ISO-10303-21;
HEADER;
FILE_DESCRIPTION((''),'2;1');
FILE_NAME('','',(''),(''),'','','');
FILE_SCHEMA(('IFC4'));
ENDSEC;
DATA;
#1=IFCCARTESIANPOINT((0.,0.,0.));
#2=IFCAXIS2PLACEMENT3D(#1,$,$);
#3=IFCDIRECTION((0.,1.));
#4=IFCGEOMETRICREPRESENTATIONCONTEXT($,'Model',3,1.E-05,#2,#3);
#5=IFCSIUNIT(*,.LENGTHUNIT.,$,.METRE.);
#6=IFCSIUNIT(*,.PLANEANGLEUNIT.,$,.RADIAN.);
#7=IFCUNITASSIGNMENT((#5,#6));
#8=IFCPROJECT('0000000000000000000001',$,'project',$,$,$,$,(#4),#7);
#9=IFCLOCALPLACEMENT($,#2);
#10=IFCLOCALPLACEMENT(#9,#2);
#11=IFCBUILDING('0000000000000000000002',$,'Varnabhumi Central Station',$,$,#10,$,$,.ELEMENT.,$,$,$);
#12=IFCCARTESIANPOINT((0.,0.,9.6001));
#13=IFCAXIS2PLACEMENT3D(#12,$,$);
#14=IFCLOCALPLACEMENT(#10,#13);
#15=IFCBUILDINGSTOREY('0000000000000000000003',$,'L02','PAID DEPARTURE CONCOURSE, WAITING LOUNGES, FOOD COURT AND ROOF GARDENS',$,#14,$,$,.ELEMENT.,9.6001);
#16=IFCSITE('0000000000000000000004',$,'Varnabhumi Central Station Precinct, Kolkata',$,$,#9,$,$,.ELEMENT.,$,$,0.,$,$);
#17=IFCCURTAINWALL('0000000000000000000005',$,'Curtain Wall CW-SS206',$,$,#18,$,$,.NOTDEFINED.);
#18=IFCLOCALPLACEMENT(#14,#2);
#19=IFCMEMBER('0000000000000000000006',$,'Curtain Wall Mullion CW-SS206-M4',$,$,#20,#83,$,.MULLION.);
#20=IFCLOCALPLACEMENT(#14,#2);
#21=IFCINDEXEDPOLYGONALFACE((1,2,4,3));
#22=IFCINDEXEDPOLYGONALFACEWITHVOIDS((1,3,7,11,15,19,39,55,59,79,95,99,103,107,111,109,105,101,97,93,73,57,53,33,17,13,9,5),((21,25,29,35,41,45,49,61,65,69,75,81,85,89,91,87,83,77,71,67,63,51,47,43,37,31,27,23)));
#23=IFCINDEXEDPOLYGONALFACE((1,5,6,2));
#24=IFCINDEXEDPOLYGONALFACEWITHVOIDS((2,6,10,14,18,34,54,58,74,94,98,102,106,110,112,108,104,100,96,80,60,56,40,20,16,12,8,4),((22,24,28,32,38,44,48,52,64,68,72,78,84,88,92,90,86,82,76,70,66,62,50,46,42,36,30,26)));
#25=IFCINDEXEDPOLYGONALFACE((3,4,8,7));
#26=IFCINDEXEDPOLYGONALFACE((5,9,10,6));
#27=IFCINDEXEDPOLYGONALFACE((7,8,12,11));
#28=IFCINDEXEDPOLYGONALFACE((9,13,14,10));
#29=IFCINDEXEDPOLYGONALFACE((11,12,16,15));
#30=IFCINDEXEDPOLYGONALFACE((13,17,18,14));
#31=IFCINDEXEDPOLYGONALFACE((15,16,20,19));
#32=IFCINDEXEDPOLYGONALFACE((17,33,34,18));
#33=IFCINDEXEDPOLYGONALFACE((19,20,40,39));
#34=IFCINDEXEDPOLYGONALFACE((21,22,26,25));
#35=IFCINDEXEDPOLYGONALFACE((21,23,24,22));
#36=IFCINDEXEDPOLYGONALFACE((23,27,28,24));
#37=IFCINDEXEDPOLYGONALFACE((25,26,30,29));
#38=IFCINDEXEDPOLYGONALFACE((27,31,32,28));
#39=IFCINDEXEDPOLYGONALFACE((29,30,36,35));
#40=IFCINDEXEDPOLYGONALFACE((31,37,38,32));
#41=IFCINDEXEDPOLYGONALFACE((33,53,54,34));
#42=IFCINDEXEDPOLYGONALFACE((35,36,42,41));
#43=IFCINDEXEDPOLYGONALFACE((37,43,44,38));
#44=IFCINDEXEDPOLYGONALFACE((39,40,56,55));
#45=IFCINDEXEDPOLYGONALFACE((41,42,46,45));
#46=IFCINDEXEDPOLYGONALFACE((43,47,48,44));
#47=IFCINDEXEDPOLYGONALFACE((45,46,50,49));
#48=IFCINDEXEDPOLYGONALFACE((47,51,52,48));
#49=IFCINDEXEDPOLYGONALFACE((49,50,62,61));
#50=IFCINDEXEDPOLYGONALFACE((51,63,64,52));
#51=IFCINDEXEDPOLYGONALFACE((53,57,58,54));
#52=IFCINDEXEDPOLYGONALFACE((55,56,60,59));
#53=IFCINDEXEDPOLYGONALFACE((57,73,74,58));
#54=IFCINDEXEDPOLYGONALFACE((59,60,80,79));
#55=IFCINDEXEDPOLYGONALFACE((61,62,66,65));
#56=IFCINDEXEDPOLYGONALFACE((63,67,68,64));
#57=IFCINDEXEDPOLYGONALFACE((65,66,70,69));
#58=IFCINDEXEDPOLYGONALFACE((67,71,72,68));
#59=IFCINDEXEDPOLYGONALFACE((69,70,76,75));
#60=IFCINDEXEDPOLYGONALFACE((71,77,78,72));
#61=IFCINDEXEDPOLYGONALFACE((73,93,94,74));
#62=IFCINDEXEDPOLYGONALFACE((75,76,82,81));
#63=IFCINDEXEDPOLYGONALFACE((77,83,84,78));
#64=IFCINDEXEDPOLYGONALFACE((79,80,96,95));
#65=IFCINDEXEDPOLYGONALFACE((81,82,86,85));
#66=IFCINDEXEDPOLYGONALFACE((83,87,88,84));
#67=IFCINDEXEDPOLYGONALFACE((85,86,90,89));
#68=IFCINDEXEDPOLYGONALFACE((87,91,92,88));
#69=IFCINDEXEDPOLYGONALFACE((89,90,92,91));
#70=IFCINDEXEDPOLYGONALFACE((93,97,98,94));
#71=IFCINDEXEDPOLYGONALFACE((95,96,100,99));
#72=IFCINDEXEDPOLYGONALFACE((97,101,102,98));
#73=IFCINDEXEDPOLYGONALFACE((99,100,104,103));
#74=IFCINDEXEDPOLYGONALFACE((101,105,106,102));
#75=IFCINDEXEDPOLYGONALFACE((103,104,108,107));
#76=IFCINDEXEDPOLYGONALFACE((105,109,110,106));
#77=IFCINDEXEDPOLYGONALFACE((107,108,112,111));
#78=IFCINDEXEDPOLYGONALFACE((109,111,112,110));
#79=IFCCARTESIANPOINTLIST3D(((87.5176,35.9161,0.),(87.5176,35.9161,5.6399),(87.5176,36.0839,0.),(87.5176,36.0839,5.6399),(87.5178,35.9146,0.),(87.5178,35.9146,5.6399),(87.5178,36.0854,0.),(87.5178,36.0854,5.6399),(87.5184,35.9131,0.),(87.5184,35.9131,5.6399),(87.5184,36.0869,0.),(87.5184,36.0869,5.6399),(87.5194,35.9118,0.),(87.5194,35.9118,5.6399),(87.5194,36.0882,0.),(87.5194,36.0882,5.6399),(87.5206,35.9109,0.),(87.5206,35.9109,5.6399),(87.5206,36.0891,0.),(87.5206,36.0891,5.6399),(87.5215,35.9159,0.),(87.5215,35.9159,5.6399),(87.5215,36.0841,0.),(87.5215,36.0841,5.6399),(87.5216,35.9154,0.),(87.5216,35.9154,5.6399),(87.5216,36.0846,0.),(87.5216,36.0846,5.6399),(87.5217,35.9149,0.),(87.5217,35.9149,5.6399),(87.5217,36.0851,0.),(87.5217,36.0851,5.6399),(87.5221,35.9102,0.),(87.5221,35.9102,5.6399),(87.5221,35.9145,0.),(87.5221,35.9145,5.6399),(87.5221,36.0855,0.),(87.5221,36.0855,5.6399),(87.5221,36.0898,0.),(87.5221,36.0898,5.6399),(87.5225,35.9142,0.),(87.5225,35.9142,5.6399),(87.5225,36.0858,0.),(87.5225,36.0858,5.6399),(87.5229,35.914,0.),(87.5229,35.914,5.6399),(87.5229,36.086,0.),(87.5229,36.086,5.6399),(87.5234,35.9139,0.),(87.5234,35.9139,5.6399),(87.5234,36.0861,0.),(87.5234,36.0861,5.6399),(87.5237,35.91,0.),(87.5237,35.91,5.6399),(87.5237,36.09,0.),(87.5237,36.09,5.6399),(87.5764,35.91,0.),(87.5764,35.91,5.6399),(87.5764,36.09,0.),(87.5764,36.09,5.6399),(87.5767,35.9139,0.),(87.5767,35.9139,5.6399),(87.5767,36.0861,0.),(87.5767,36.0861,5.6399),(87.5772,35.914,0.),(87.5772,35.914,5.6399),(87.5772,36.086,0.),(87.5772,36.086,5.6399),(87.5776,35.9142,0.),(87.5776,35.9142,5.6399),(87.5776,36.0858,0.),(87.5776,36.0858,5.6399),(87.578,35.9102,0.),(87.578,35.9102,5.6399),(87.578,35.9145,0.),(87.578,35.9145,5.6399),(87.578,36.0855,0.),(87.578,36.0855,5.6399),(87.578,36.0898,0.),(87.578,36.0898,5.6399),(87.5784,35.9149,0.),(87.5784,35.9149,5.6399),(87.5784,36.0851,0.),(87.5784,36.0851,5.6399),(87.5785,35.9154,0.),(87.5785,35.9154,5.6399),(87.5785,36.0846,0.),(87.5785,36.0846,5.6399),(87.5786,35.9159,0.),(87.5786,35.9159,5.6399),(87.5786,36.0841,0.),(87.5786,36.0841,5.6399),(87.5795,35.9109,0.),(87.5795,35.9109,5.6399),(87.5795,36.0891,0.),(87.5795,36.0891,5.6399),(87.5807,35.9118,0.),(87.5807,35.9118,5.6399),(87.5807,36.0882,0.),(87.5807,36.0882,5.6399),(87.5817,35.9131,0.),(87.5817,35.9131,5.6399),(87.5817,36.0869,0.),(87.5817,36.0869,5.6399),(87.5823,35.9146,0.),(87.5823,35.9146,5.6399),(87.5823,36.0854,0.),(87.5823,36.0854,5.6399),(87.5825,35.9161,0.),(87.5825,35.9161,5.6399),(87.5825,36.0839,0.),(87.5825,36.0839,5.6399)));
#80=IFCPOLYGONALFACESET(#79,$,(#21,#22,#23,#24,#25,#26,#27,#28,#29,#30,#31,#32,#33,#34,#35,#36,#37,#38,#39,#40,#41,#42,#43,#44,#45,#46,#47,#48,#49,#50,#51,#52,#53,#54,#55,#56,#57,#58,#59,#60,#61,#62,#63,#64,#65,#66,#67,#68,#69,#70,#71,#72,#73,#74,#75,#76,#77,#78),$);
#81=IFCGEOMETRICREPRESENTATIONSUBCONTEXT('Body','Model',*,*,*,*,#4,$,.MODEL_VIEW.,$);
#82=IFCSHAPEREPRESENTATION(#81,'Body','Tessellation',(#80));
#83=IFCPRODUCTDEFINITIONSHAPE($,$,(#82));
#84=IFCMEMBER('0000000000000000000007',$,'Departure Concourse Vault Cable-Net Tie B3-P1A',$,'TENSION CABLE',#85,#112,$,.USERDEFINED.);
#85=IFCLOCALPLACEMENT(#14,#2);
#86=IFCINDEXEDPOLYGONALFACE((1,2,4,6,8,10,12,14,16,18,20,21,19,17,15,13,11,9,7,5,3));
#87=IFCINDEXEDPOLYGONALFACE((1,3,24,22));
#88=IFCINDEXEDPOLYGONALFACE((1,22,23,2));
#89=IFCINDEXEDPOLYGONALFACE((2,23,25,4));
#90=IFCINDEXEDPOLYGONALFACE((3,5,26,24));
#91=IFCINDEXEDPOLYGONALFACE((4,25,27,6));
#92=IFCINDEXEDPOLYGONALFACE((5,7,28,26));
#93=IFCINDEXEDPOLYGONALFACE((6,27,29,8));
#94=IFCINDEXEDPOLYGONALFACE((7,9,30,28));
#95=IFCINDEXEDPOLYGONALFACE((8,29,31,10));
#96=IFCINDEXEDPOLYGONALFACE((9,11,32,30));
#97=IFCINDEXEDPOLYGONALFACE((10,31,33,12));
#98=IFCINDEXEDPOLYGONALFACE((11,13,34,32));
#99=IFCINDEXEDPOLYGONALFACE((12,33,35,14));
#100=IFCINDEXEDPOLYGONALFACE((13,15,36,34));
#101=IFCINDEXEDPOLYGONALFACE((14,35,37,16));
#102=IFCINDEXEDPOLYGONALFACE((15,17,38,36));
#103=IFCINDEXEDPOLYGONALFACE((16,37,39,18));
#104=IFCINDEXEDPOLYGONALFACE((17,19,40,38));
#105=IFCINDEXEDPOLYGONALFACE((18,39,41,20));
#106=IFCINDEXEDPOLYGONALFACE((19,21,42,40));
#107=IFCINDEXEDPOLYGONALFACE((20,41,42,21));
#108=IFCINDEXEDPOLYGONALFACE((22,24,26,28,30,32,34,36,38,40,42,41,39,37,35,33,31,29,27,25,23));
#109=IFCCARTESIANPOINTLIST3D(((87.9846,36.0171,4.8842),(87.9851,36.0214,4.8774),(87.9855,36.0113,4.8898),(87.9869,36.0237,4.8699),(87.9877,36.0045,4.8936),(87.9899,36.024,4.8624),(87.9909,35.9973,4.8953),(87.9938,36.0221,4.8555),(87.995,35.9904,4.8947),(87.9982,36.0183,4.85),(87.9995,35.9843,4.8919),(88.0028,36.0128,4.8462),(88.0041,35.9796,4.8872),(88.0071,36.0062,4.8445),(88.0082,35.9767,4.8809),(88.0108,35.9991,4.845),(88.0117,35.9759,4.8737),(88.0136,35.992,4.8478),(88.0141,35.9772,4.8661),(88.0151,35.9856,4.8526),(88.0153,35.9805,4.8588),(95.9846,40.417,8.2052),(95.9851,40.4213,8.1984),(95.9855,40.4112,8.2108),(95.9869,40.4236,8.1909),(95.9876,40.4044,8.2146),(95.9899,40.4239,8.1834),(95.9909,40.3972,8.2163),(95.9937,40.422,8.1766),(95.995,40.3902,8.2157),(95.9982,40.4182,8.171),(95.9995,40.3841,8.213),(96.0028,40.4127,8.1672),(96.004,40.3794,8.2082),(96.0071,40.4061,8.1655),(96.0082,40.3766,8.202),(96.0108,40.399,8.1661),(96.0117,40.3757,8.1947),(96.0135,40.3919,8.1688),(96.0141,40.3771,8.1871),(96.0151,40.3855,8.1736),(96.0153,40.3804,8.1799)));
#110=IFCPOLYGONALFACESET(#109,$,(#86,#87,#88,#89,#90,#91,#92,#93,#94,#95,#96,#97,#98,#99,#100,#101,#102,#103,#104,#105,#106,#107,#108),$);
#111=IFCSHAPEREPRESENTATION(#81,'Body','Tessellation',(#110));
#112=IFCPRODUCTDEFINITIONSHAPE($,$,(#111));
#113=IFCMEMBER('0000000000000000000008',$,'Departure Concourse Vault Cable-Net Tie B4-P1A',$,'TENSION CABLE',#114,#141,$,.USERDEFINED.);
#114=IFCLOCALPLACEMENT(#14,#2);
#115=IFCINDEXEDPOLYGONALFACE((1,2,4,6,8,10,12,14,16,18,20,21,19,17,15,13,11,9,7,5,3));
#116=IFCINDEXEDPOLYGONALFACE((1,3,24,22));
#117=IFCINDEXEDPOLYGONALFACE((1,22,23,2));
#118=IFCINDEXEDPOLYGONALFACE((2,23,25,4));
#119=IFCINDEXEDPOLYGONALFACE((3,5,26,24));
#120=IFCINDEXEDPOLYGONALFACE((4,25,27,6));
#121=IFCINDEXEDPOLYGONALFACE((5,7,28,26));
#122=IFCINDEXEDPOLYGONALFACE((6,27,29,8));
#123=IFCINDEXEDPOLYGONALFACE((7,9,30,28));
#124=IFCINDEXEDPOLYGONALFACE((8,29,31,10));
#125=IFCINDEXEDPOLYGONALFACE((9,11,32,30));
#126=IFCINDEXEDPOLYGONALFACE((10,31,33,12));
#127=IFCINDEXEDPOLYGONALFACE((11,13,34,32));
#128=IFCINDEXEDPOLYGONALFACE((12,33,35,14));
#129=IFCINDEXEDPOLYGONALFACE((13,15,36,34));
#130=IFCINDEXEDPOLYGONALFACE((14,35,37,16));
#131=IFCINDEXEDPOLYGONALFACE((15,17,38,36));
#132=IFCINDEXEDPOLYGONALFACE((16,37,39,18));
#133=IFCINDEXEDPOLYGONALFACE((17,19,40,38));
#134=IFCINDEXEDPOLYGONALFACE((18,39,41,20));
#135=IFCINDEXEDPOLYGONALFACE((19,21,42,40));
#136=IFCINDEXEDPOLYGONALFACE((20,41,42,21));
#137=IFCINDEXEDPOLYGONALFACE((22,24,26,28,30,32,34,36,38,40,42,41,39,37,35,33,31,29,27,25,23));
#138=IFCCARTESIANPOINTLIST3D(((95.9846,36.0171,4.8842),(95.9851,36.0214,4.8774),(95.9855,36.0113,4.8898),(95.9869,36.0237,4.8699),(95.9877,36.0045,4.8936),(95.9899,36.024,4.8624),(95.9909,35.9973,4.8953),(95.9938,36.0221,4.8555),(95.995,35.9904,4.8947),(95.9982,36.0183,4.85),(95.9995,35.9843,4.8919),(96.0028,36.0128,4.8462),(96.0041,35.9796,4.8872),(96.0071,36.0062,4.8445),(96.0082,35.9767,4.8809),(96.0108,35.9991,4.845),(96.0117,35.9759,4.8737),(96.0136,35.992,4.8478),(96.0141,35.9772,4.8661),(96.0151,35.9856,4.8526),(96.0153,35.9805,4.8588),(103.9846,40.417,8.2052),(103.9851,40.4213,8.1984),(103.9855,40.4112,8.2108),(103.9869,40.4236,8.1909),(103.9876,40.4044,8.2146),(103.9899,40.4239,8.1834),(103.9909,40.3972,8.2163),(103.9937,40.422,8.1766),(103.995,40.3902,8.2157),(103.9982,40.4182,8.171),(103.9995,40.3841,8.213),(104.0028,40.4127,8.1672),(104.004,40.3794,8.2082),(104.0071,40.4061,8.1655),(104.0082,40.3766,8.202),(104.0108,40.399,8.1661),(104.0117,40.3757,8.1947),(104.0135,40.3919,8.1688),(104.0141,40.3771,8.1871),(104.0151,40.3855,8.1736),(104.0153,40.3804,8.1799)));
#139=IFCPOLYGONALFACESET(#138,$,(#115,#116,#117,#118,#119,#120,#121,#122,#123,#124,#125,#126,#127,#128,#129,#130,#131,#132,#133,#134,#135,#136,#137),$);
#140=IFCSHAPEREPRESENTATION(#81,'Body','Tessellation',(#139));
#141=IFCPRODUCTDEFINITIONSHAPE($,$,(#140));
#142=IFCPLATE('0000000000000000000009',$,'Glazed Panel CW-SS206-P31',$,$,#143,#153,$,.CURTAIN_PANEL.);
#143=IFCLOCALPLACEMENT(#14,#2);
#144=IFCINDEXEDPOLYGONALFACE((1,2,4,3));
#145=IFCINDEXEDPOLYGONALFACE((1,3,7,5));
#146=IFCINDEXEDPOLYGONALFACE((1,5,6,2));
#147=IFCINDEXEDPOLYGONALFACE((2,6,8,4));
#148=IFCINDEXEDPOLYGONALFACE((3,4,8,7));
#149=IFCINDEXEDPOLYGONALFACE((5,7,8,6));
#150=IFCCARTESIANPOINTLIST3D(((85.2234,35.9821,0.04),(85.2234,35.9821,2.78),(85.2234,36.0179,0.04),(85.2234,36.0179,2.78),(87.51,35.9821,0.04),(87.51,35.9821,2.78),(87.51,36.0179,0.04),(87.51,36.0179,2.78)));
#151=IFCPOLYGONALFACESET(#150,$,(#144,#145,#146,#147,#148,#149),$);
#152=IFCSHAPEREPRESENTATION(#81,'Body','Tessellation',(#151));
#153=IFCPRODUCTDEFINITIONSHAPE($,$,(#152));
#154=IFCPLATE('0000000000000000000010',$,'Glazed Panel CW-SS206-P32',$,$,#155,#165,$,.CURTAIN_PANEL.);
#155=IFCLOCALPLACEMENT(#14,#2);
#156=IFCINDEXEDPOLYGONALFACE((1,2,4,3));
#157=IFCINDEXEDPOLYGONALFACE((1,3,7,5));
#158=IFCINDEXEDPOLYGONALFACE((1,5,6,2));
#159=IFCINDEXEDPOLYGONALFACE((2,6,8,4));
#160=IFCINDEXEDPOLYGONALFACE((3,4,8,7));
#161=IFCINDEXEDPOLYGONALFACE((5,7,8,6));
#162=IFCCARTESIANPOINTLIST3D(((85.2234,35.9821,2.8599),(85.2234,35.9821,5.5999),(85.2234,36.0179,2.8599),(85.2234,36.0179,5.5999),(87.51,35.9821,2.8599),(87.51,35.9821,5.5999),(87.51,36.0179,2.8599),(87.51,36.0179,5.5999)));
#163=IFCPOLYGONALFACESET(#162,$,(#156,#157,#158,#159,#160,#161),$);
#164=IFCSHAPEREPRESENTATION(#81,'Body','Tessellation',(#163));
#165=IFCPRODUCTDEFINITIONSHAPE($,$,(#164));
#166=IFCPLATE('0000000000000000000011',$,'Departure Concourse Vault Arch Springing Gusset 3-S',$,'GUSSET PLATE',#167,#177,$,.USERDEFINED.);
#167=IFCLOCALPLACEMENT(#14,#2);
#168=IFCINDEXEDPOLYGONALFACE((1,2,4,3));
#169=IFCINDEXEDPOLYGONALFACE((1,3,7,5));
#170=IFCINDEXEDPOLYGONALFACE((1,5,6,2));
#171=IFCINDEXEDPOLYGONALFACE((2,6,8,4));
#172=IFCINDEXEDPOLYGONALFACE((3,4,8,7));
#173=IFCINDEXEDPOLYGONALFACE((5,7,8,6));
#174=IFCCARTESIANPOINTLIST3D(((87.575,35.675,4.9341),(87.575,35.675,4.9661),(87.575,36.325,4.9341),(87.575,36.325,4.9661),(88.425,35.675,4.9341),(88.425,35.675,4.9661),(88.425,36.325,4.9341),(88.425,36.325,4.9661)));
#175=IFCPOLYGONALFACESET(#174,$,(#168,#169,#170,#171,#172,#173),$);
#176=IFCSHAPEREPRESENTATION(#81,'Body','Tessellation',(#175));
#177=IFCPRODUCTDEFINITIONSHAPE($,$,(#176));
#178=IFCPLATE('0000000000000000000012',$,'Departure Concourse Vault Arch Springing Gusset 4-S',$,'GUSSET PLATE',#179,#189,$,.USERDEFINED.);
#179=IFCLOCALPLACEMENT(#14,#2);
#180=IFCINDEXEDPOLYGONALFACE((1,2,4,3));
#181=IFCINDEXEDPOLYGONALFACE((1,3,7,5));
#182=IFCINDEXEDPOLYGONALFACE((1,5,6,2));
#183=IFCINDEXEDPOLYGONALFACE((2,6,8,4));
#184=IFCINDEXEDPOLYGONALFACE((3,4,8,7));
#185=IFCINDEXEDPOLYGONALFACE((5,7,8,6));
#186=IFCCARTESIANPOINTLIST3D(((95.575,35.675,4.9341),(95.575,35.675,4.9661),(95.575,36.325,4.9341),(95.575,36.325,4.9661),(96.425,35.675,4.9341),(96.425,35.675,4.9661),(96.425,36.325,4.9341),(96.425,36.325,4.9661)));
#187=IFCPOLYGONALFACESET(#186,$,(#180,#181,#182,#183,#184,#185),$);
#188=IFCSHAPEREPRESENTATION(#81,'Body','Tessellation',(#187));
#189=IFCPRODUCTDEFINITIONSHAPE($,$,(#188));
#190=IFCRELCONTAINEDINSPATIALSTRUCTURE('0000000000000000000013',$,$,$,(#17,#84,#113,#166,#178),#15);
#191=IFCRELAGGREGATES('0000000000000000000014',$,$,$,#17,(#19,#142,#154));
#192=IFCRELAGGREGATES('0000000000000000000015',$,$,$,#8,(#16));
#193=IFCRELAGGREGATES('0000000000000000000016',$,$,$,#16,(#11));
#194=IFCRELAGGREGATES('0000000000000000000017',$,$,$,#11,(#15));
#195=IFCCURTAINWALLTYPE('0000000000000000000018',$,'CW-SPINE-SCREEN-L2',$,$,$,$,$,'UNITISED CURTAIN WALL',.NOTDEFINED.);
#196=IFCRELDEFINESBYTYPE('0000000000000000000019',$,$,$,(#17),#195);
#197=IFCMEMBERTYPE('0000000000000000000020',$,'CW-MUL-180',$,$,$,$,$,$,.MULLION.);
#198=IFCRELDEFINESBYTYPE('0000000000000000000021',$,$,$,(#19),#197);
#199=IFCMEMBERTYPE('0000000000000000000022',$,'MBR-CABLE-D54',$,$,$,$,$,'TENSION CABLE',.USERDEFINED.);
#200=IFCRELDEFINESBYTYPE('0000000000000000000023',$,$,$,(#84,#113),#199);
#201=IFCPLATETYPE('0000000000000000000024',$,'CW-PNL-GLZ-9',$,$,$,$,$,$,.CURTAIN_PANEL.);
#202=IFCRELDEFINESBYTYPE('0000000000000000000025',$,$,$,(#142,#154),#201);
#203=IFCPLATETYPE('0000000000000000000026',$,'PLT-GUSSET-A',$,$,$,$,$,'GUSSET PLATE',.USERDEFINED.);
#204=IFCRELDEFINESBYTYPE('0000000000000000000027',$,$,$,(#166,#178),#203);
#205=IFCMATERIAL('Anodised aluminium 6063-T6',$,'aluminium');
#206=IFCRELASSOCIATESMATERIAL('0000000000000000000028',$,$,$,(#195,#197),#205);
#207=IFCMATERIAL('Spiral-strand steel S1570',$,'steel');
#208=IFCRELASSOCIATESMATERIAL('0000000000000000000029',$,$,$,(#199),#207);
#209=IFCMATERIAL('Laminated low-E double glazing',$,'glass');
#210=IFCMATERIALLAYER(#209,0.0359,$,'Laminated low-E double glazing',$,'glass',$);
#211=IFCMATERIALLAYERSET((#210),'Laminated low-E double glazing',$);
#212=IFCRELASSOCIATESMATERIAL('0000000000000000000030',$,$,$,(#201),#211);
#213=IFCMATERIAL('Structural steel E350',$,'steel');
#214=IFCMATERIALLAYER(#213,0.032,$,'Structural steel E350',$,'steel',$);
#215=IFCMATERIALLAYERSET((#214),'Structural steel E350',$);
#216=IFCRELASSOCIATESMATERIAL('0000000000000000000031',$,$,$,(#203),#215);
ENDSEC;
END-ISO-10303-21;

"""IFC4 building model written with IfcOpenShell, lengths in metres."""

from ifc_helpers import new_model, si_unit, direction, frame, origin, origin_2d, place, context, subcontext, project, spatial, rectangle, hollow_rectangle, circle, extrude, material, layer, layer_set, material_profile, profile_set, type_object, element, aggregate, save


model = new_model("IFC4")

# Units and contexts
model_context = context("Model", 3, precision=1e-05, world=origin(), true_north=direction((0.0, 1.0)))
body_context = subcontext(model_context, "Body", "Model", "MODEL_VIEW")
ifc_project = project(units=[si_unit("LENGTHUNIT", "METRE"), si_unit("PLANEANGLEUNIT", "RADIAN")], contexts=[model_context])

# Site, building, storey
site_placement = place(None, origin())
site = spatial("IfcSite", under=ifc_project, at=site_placement, Name="Varnabhumi Central Station Precinct, Kolkata", CompositionType="ELEMENT", RefElevation=0.0)
building_placement = place(site_placement, origin())
building = spatial("IfcBuilding", under=site, at=building_placement, Name="Varnabhumi Central Station", CompositionType="ELEMENT")
storey_placement = place(building_placement, frame((0.0, 0.0, 9.6001)))
storey = spatial("IfcBuildingStorey", under=building, at=storey_placement, Name="L02", Description="PAID DEPARTURE CONCOURSE, WAITING LOUNGES, FOOD COURT AND ROOF GARDENS", CompositionType="ELEMENT", Elevation=9.6001)

# Shared definitions
ifc_material_1 = material(Name="Structural steel E350", Category="steel")

# Curtain wall, member
ifc_material_2 = material(Name="Anodised aluminium 6063-T6", Category="aluminium")
curtain_wall_type = type_object("IfcCurtainWallType", Name="CW-SPINE-SCREEN-L2", ElementType="UNITISED CURTAIN WALL", PredefinedType="NOTDEFINED", material=ifc_material_2)
curtain_wall_placement = place(storey_placement, origin())
curtain_wall = element("IfcCurtainWall", 1, at=curtain_wall_placement, inside=storey, type_object=curtain_wall_type, Name="Curtain Wall CW-SS206", PredefinedType="NOTDEFINED")
ifc_material_profile_1 = material_profile(ifc_material_2, hollow_rectangle(XDim=0.0649, YDim=0.1799, WallThickness=0.0039, InnerFilletRadius=0.002, OuterFilletRadius=0.0061, at=origin_2d()), Name="Anodised aluminium 6063-T6", Category="aluminium")
ifc_profile_set_1 = profile_set([ifc_material_profile_1], Name="Anodised aluminium 6063-T6")
member_type_1 = type_object("IfcMemberType", Name="CW-MUL-180", PredefinedType="MULLION", material=ifc_profile_set_1)
member_placement = place(storey_placement, frame((87.55, 36.0, 0.0), z_axis=(0.0, 0.0, 1.0), x_axis=(1.0, 0.0, 0.0)))
member = element("IfcMember", 2, at=member_placement, type_object=member_type_1, Name="Curtain Wall Mullion CW-SS206-M4", PredefinedType="MULLION", context=body_context, shape_type="SweptSolid", body=[
    extrude(hollow_rectangle(XDim=0.0649, YDim=0.1799, WallThickness=0.0039, InnerFilletRadius=0.002, OuterFilletRadius=0.0061, at=origin_2d()), origin(), (0.0, 0.0, 1.0), 5.6399),
])

# Members
ifc_material_3 = material(Name="Spiral-strand steel S1570", Category="steel")
ifc_material_profile_2 = material_profile(ifc_material_3, circle(Radius=0.0271, at=origin_2d()), Name="Spiral-strand steel S1570", Category="steel")
ifc_profile_set_2 = profile_set([ifc_material_profile_2], Name="Spiral-strand steel S1570")
member_type_2 = type_object("IfcMemberType", Name="MBR-CABLE-D54", ElementType="TENSION CABLE", PredefinedType="USERDEFINED", material=ifc_profile_set_2)
for number, where, z_axis, x_axis, name in (
    (3, (88.0, 36.0, 4.8699), (0.823437, 0.45288, 0.341834), (-0.481911, 0.87622, 0.0), "Departure Concourse Vault Cable-Net Tie B3-P1A"),
    (4, (96.0, 36.0, 4.8699), (0.823437, 0.45288, 0.341834), (-0.481911, 0.87622, 0.0), "Departure Concourse Vault Cable-Net Tie B4-P1A"),
):
    element("IfcMember", number, at=place(storey_placement, frame(where, z_axis=z_axis, x_axis=x_axis)), inside=storey, type_object=member_type_2, Name=name, ObjectType="TENSION CABLE", PredefinedType="USERDEFINED", context=body_context, shape_type="SweptSolid", body=[
        extrude(circle(Radius=0.0271, at=origin_2d()), origin(), (0.0, 0.0, 1.0), 9.7153),
    ])

# Plates
ifc_material_4 = material(Name="Laminated low-E double glazing", Category="glass")
ifc_layer_1 = layer(ifc_material_4, 0.0359, Name="Laminated low-E double glazing", Category="glass")
ifc_layer_set_1 = layer_set([ifc_layer_1], Name="Laminated low-E double glazing")
plate_type_1 = type_object("IfcPlateType", Name="CW-PNL-GLZ-9", PredefinedType="CURTAIN_PANEL", material=ifc_layer_set_1)
plate_1_placement = place(storey_placement, frame((86.3667, 36.0, 0.04), z_axis=(0.0, 0.0, 1.0), x_axis=(1.0, 0.0, 0.0)))
plate_1 = element("IfcPlate", 5, at=plate_1_placement, type_object=plate_type_1, Name="Glazed Panel CW-SS206-P31", PredefinedType="CURTAIN_PANEL", context=body_context, shape_type="SweptSolid", body=[
    extrude(rectangle(XDim=2.2866, YDim=0.0359, at=origin_2d()), origin(), (0.0, 0.0, 1.0), 2.74),
])
plate_2_placement = place(storey_placement, frame((86.3667, 36.0, 2.8599), z_axis=(0.0, 0.0, 1.0), x_axis=(1.0, 0.0, 0.0)))
plate_2 = element("IfcPlate", 6, at=plate_2_placement, type_object=plate_type_1, Name="Glazed Panel CW-SS206-P32", PredefinedType="CURTAIN_PANEL", context=body_context, shape_type="SweptSolid", body=[
    extrude(rectangle(XDim=2.2866, YDim=0.0359, at=origin_2d()), origin(), (0.0, 0.0, 1.0), 2.74),
])
aggregate(curtain_wall, [member, plate_1, plate_2])

# Plates
ifc_layer_2 = layer(ifc_material_1, 0.032, Name="Structural steel E350", Category="steel")
ifc_layer_set_2 = layer_set([ifc_layer_2], Name="Structural steel E350")
plate_type_2 = type_object("IfcPlateType", Name="PLT-GUSSET-A", ElementType="GUSSET PLATE", PredefinedType="USERDEFINED", material=ifc_layer_set_2)
for number, where, z_axis, x_axis, name in (
    (7, (88.0, 36.0, 4.9341), (0.0, 0.0, 1.0), (1.0, 0.0, 0.0), "Departure Concourse Vault Arch Springing Gusset 3-S"),
    (8, (96.0, 36.0, 4.9341), (0.0, 0.0, 1.0), (1.0, 0.0, 0.0), "Departure Concourse Vault Arch Springing Gusset 4-S"),
):
    element("IfcPlate", number, at=place(storey_placement, frame(where, z_axis=z_axis, x_axis=x_axis)), inside=storey, type_object=plate_type_2, Name=name, ObjectType="GUSSET PLATE", PredefinedType="USERDEFINED", context=body_context, shape_type="SweptSolid", body=[
        extrude(rectangle(XDim=0.8501, YDim=0.6499, at=origin_2d()), origin(), (0.0, 0.0, 1.0), 0.032),
    ])

save(model, "model.ifc")
